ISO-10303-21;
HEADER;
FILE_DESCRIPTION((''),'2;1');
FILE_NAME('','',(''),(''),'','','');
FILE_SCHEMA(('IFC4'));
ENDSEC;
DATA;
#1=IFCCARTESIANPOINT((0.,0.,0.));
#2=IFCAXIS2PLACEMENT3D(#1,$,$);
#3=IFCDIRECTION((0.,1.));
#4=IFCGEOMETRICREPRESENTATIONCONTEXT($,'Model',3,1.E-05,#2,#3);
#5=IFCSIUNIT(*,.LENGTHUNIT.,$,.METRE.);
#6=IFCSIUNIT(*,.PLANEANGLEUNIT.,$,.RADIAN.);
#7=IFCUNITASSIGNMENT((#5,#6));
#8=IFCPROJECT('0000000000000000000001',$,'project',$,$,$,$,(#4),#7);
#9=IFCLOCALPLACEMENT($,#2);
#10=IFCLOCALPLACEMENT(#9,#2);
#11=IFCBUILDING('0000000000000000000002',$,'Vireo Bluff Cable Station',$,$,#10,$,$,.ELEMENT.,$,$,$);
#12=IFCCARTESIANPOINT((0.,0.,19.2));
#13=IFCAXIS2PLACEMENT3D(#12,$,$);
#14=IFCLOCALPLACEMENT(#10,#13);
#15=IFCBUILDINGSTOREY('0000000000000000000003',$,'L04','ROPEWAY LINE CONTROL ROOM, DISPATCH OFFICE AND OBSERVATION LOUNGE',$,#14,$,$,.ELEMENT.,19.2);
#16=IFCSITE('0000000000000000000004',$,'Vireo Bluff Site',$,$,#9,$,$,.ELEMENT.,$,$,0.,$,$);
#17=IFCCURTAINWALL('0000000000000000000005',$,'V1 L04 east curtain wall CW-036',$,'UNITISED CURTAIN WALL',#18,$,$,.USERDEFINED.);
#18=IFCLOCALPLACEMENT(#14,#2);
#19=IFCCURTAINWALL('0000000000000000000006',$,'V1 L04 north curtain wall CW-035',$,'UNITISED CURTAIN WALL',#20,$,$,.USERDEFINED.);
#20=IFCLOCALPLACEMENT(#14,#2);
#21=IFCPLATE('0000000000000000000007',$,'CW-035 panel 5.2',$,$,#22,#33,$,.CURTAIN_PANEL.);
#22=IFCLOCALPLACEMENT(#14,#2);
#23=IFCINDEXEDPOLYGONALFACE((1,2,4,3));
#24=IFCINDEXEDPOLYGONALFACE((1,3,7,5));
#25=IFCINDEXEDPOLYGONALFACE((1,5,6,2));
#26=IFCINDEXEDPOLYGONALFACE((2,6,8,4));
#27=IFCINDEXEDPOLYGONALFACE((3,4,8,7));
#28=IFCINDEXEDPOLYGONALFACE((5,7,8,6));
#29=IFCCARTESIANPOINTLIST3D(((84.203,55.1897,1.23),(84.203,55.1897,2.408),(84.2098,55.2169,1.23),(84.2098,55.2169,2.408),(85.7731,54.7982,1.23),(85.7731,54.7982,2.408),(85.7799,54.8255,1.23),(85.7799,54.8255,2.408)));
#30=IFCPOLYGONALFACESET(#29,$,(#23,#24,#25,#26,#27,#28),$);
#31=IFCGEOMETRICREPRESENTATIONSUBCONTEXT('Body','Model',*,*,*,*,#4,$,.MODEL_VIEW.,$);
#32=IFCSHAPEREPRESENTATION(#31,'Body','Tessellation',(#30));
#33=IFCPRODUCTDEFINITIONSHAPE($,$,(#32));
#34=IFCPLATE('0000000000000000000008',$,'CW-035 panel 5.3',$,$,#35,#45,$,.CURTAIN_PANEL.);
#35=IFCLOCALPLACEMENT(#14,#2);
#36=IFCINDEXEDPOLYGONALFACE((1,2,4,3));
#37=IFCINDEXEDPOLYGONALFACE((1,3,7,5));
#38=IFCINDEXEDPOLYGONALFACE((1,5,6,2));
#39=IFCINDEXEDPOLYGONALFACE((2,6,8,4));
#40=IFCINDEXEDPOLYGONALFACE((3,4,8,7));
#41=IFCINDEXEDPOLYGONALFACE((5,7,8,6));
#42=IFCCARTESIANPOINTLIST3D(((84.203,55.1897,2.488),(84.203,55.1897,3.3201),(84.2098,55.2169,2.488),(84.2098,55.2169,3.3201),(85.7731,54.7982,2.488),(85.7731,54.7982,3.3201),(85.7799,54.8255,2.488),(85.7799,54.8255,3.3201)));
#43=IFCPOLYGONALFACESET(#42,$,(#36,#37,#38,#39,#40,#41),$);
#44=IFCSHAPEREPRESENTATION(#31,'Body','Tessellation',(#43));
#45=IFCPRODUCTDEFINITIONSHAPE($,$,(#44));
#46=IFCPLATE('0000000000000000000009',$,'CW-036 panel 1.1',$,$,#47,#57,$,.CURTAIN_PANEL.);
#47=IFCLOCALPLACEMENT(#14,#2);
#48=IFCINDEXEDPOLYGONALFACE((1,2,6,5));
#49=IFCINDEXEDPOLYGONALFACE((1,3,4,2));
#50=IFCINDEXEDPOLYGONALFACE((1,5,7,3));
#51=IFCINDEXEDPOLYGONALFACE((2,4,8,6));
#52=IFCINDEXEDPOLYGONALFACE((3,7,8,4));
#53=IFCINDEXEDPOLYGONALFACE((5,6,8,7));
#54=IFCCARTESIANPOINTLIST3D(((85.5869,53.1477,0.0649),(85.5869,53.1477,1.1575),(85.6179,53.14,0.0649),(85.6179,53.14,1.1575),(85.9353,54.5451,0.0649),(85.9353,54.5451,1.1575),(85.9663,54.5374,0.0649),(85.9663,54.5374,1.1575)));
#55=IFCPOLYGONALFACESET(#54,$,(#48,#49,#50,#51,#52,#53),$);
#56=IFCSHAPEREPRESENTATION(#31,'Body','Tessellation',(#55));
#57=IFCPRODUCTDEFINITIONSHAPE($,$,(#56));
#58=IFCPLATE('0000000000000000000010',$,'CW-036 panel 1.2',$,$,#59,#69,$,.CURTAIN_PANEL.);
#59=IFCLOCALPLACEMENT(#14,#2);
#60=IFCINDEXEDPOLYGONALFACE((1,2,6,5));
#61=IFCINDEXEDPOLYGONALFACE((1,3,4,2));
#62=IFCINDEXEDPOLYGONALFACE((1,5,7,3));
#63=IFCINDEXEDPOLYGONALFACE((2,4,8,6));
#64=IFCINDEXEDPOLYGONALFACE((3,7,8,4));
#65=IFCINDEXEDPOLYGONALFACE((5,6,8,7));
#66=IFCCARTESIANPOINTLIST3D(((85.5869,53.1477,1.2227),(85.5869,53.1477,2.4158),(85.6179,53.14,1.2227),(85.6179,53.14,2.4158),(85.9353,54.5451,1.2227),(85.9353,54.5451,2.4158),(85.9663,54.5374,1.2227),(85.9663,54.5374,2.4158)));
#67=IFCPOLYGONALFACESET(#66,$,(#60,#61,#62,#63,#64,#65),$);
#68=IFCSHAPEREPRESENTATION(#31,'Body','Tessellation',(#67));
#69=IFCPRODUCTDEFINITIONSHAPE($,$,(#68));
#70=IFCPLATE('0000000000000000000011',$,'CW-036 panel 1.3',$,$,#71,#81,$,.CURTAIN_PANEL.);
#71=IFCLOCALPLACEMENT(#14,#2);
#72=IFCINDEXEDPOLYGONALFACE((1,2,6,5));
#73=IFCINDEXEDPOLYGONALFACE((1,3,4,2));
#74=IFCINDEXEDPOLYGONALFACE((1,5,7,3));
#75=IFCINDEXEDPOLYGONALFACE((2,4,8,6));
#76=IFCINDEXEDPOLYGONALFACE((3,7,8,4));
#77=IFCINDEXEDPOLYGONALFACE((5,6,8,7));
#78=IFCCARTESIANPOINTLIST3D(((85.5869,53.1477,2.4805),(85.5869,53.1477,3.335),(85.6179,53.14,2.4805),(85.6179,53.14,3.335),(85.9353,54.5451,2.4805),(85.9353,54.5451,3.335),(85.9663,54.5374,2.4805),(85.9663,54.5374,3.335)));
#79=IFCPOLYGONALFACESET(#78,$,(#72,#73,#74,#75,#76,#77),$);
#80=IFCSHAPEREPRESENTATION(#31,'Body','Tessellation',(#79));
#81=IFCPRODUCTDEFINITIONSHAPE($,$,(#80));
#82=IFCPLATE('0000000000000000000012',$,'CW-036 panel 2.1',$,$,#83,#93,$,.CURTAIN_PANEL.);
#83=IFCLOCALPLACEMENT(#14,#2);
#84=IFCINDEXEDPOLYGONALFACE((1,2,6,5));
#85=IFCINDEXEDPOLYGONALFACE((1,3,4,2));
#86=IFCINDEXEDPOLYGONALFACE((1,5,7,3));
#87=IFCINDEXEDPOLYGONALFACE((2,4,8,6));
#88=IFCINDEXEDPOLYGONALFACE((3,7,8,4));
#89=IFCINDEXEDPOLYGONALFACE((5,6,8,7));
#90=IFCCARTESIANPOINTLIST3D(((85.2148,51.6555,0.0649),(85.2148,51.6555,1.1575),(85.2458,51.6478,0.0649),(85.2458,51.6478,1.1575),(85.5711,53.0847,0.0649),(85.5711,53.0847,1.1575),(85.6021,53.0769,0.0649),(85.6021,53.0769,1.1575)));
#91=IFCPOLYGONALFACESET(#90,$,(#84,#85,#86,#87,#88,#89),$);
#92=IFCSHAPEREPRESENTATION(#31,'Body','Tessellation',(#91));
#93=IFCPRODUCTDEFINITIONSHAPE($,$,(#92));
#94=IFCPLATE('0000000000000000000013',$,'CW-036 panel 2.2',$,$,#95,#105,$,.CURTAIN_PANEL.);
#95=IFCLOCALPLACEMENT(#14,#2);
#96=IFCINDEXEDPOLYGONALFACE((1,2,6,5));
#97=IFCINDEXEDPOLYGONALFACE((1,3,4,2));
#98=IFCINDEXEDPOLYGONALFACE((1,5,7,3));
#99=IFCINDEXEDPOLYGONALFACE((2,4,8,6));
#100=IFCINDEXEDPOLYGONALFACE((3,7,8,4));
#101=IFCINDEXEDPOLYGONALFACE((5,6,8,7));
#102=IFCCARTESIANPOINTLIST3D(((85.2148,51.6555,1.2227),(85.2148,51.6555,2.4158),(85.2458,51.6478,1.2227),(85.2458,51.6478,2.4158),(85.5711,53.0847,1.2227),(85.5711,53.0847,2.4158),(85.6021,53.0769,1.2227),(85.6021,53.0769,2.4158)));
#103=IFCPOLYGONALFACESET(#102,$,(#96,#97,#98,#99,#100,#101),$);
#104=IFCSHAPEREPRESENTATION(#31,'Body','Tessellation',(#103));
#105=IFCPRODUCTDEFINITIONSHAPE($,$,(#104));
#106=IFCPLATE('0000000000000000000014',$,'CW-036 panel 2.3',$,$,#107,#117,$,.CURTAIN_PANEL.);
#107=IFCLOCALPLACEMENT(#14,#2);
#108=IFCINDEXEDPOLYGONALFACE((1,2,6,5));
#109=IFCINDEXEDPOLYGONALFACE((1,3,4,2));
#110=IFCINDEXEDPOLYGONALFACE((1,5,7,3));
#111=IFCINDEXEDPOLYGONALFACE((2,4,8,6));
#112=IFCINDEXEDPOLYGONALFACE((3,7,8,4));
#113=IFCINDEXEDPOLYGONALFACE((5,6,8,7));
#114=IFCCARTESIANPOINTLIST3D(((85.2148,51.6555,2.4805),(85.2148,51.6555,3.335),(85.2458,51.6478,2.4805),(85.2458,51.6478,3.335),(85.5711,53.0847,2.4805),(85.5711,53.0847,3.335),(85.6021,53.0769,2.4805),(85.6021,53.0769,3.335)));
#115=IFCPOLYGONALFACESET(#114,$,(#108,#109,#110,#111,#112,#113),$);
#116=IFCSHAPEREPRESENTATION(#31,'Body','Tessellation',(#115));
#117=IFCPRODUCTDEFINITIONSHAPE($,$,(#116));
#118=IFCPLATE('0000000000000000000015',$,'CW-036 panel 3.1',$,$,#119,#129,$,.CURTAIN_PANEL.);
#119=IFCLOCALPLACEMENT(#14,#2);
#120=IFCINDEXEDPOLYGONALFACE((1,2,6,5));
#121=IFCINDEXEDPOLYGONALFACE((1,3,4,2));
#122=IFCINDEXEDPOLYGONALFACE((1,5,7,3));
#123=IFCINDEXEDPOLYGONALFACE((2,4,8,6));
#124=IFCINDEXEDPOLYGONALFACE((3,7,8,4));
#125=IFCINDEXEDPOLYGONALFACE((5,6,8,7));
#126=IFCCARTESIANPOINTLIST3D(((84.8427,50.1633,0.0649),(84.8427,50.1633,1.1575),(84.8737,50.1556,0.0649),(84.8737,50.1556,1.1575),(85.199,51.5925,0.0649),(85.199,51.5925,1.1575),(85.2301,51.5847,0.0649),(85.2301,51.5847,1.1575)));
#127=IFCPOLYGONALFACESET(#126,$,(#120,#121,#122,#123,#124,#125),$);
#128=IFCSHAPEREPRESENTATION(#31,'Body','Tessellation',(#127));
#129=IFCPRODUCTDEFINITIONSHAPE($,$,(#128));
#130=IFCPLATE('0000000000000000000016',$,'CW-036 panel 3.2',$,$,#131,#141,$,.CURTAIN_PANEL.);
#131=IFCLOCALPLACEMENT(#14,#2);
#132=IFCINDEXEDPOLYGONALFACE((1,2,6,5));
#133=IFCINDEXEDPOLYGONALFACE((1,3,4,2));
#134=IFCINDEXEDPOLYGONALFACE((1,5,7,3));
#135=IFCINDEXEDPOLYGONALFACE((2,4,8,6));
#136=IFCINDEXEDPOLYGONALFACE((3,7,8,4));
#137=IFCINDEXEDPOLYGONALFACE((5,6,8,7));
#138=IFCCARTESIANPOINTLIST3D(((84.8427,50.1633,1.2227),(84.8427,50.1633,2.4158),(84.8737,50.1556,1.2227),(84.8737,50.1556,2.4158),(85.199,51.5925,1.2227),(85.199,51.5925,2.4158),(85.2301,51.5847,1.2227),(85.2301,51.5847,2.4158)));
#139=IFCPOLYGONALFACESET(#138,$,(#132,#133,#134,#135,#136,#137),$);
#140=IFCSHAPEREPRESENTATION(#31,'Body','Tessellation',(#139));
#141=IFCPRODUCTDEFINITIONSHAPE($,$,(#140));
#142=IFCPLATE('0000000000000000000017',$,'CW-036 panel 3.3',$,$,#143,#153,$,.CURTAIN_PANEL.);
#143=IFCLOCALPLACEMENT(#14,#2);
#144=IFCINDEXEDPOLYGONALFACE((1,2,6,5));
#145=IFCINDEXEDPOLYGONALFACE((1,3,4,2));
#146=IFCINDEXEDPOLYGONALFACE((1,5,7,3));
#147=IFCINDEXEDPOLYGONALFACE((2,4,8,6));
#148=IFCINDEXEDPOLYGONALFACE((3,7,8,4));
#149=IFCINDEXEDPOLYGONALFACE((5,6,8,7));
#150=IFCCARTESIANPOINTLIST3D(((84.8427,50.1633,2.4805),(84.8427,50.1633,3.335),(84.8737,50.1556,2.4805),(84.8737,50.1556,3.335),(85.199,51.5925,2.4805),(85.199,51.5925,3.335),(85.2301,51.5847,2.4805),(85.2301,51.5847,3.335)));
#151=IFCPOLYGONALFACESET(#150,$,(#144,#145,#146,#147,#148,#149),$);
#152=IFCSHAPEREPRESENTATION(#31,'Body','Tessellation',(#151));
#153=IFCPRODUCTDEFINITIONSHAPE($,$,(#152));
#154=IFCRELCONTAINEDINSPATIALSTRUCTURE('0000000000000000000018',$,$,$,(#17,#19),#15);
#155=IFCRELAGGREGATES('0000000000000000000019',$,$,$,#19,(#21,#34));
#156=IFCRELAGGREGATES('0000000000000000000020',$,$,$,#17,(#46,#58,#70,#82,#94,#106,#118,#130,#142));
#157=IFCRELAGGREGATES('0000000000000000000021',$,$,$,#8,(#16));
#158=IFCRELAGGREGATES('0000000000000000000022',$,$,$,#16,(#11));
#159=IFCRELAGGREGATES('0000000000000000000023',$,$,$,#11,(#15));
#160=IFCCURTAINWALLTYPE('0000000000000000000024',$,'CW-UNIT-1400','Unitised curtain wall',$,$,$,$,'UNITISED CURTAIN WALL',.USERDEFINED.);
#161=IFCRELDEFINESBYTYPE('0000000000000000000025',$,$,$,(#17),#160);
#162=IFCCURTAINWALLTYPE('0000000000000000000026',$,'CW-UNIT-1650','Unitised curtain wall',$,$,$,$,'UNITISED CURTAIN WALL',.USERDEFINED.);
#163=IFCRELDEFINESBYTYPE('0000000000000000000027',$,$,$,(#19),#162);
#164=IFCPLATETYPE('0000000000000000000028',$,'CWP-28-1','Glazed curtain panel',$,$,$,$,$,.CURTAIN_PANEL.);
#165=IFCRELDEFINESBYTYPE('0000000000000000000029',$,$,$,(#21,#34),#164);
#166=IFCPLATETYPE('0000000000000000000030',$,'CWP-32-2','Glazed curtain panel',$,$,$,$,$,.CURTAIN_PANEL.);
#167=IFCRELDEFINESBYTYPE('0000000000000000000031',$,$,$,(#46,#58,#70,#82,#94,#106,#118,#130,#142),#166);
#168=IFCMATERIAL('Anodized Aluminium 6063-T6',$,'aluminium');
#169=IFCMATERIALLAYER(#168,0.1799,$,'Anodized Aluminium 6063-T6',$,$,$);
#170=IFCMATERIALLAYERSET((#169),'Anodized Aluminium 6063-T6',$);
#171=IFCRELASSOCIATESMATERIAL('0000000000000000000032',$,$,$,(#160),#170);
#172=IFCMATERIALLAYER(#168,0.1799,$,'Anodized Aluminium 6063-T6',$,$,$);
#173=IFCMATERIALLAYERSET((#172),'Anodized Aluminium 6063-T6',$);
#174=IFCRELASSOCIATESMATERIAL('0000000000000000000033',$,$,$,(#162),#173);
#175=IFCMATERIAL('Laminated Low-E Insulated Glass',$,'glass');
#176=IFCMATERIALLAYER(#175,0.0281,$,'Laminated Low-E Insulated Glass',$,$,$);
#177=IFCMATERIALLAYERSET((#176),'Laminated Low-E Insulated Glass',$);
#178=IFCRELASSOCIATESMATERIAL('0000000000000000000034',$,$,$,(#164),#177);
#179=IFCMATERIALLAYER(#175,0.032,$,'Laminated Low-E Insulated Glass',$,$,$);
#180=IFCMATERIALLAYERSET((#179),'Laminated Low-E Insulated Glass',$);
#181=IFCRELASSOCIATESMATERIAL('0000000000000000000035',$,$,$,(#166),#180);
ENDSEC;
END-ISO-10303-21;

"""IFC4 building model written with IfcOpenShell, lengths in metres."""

from ifc_helpers import new_model, si_unit, direction, frame, origin, origin_2d, place, context, subcontext, project, spatial, rectangle, extrude, material, layer, layer_set, type_object, element, aggregate, save


model = new_model("IFC4")

# Units and contexts
model_context = context("Model", 3, precision=1e-05, world=origin(), true_north=direction((0.0, 1.0)))
body_context = subcontext(model_context, "Body", "Model", "MODEL_VIEW")
ifc_project = project(units=[si_unit("LENGTHUNIT", "METRE"), si_unit("PLANEANGLEUNIT", "RADIAN")], contexts=[model_context])

# Site, building, storey
site_placement = place(None, origin())
site = spatial("IfcSite", under=ifc_project, at=site_placement, Name="Vireo Bluff Site", CompositionType="ELEMENT", RefElevation=0.0)
building_placement = place(site_placement, origin())
building = spatial("IfcBuilding", under=site, at=building_placement, Name="Vireo Bluff Cable Station", CompositionType="ELEMENT")
storey_placement = place(building_placement, frame((0.0, 0.0, 19.2)))
storey = spatial("IfcBuildingStorey", under=building, at=storey_placement, Name="L04", Description="ROPEWAY LINE CONTROL ROOM, DISPATCH OFFICE AND OBSERVATION LOUNGE", CompositionType="ELEMENT", Elevation=19.2)

# Curtain wall
ifc_material_1 = material(Name="Anodized Aluminium 6063-T6", Category="aluminium")
ifc_layer_1 = layer(ifc_material_1, 0.1799, Name="Anodized Aluminium 6063-T6")
ifc_layer_set_1 = layer_set([ifc_layer_1], Name="Anodized Aluminium 6063-T6")
curtain_wall_type_1 = type_object("IfcCurtainWallType", Name="CW-UNIT-1400", Description="Unitised curtain wall", ElementType="UNITISED CURTAIN WALL", PredefinedType="USERDEFINED", material=ifc_layer_set_1)
curtain_wall_1_placement = place(storey_placement, origin())
curtain_wall_1 = element("IfcCurtainWall", 1, at=curtain_wall_1_placement, inside=storey, type_object=curtain_wall_type_1, Name="V1 L04 east curtain wall CW-036", ObjectType="UNITISED CURTAIN WALL", PredefinedType="USERDEFINED")

# Curtain wall
ifc_layer_2 = layer(ifc_material_1, 0.1799, Name="Anodized Aluminium 6063-T6")
ifc_layer_set_2 = layer_set([ifc_layer_2], Name="Anodized Aluminium 6063-T6")
curtain_wall_type_2 = type_object("IfcCurtainWallType", Name="CW-UNIT-1650", Description="Unitised curtain wall", ElementType="UNITISED CURTAIN WALL", PredefinedType="USERDEFINED", material=ifc_layer_set_2)
curtain_wall_2_placement = place(storey_placement, origin())
curtain_wall_2 = element("IfcCurtainWall", 2, at=curtain_wall_2_placement, inside=storey, type_object=curtain_wall_type_2, Name="V1 L04 north curtain wall CW-035", ObjectType="UNITISED CURTAIN WALL", PredefinedType="USERDEFINED")

# Plates
ifc_material_2 = material(Name="Laminated Low-E Insulated Glass", Category="glass")
ifc_layer_3 = layer(ifc_material_2, 0.0281, Name="Laminated Low-E Insulated Glass")
ifc_layer_set_3 = layer_set([ifc_layer_3], Name="Laminated Low-E Insulated Glass")
plate_type_1 = type_object("IfcPlateType", Name="CWP-28-1", Description="Glazed curtain panel", PredefinedType="CURTAIN_PANEL", material=ifc_layer_set_3)
plate_1_placement = place(storey_placement, frame((84.9915, 55.0076, 1.23), z_axis=(0.0, 0.0, 1.0), x_axis=(0.970296, -0.241922, 0.0)))
plate_1 = element("IfcPlate", 3, at=plate_1_placement, type_object=plate_type_1, Name="CW-035 panel 5.2", PredefinedType="CURTAIN_PANEL", context=body_context, shape_type="SweptSolid", body=[
    extrude(rectangle(XDim=1.6182, YDim=0.0281, at=origin_2d()), origin(), (0.0, 0.0, 1.0), 1.178),
])
plate_2_placement = place(storey_placement, frame((84.9915, 55.0076, 2.488), z_axis=(0.0, 0.0, 1.0), x_axis=(0.970296, -0.241922, 0.0)))
plate_2 = element("IfcPlate", 4, at=plate_2_placement, type_object=plate_type_1, Name="CW-035 panel 5.3", PredefinedType="CURTAIN_PANEL", context=body_context, shape_type="SweptSolid", body=[
    extrude(rectangle(XDim=1.6182, YDim=0.0281, at=origin_2d()), origin(), (0.0, 0.0, 1.0), 0.832),
])
aggregate(curtain_wall_2, [plate_1, plate_2])
ifc_layer_4 = layer(ifc_material_2, 0.032, Name="Laminated Low-E Insulated Glass")
ifc_layer_set_4 = layer_set([ifc_layer_4], Name="Laminated Low-E Insulated Glass")
plate_type_2 = type_object("IfcPlateType", Name="CWP-32-2", Description="Glazed curtain panel", PredefinedType="CURTAIN_PANEL", material=ifc_layer_set_4)
plate_3_placement = place(storey_placement, frame((85.7766, 53.8425, 0.0649), z_axis=(0.0, 0.0, 1.0), x_axis=(-0.241922, -0.970296, 0.0)))
plate_3 = element("IfcPlate", 5, at=plate_3_placement, type_object=plate_type_2, Name="CW-036 panel 1.1", PredefinedType="CURTAIN_PANEL", context=body_context, shape_type="SweptSolid", body=[
    extrude(rectangle(XDim=1.4402, YDim=0.032, at=origin_2d()), origin(), (0.0, 0.0, 1.0), 1.0925),
])
plate_4_placement = place(storey_placement, frame((85.7766, 53.8425, 1.2227), z_axis=(0.0, 0.0, 1.0), x_axis=(-0.241922, -0.970296, 0.0)))
plate_4 = element("IfcPlate", 6, at=plate_4_placement, type_object=plate_type_2, Name="CW-036 panel 1.2", PredefinedType="CURTAIN_PANEL", context=body_context, shape_type="SweptSolid", body=[
    extrude(rectangle(XDim=1.4402, YDim=0.032, at=origin_2d()), origin(), (0.0, 0.0, 1.0), 1.1931),
])
plate_5_placement = place(storey_placement, frame((85.7766, 53.8425, 2.4805), z_axis=(0.0, 0.0, 1.0), x_axis=(-0.241922, -0.970296, 0.0)))
plate_5 = element("IfcPlate", 7, at=plate_5_placement, type_object=plate_type_2, Name="CW-036 panel 1.3", PredefinedType="CURTAIN_PANEL", context=body_context, shape_type="SweptSolid", body=[
    extrude(rectangle(XDim=1.4402, YDim=0.032, at=origin_2d()), origin(), (0.0, 0.0, 1.0), 0.8545),
])
plate_6_placement = place(storey_placement, frame((85.4084, 52.3662, 0.0649), z_axis=(0.0, 0.0, 1.0), x_axis=(-0.241922, -0.970296, 0.0)))
plate_6 = element("IfcPlate", 8, at=plate_6_placement, type_object=plate_type_2, Name="CW-036 panel 2.1", PredefinedType="CURTAIN_PANEL", context=body_context, shape_type="SweptSolid", body=[
    extrude(rectangle(XDim=1.4729, YDim=0.032, at=origin_2d()), origin(), (0.0, 0.0, 1.0), 1.0925),
])
plate_7_placement = place(storey_placement, frame((85.4084, 52.3662, 1.2227), z_axis=(0.0, 0.0, 1.0), x_axis=(-0.241922, -0.970296, 0.0)))
plate_7 = element("IfcPlate", 9, at=plate_7_placement, type_object=plate_type_2, Name="CW-036 panel 2.2", PredefinedType="CURTAIN_PANEL", context=body_context, shape_type="SweptSolid", body=[
    extrude(rectangle(XDim=1.4729, YDim=0.032, at=origin_2d()), origin(), (0.0, 0.0, 1.0), 1.1931),
])
plate_8_placement = place(storey_placement, frame((85.4084, 52.3662, 2.4805), z_axis=(0.0, 0.0, 1.0), x_axis=(-0.241922, -0.970296, 0.0)))
plate_8 = element("IfcPlate", 10, at=plate_8_placement, type_object=plate_type_2, Name="CW-036 panel 2.3", PredefinedType="CURTAIN_PANEL", context=body_context, shape_type="SweptSolid", body=[
    extrude(rectangle(XDim=1.4729, YDim=0.032, at=origin_2d()), origin(), (0.0, 0.0, 1.0), 0.8545),
])
plate_9_placement = place(storey_placement, frame((85.0364, 50.874, 0.0649), z_axis=(0.0, 0.0, 1.0), x_axis=(-0.241922, -0.970296, 0.0)))
plate_9 = element("IfcPlate", 11, at=plate_9_placement, type_object=plate_type_2, Name="CW-036 panel 3.1", PredefinedType="CURTAIN_PANEL", context=body_context, shape_type="SweptSolid", body=[
    extrude(rectangle(XDim=1.4729, YDim=0.032, at=origin_2d()), origin(), (0.0, 0.0, 1.0), 1.0925),
])
plate_10_placement = place(storey_placement, frame((85.0364, 50.874, 1.2227), z_axis=(0.0, 0.0, 1.0), x_axis=(-0.241922, -0.970296, 0.0)))
plate_10 = element("IfcPlate", 12, at=plate_10_placement, type_object=plate_type_2, Name="CW-036 panel 3.2", PredefinedType="CURTAIN_PANEL", context=body_context, shape_type="SweptSolid", body=[
    extrude(rectangle(XDim=1.4729, YDim=0.032, at=origin_2d()), origin(), (0.0, 0.0, 1.0), 1.1931),
])
plate_11_placement = place(storey_placement, frame((85.0364, 50.874, 2.4805), z_axis=(0.0, 0.0, 1.0), x_axis=(-0.241922, -0.970296, 0.0)))
plate_11 = element("IfcPlate", 13, at=plate_11_placement, type_object=plate_type_2, Name="CW-036 panel 3.3", PredefinedType="CURTAIN_PANEL", context=body_context, shape_type="SweptSolid", body=[
    extrude(rectangle(XDim=1.4729, YDim=0.032, at=origin_2d()), origin(), (0.0, 0.0, 1.0), 0.8545),
])
aggregate(curtain_wall_1, [plate_3, plate_4, plate_5, plate_6, plate_7, plate_8, plate_9, plate_10, plate_11])

save(model, "model.ifc")
